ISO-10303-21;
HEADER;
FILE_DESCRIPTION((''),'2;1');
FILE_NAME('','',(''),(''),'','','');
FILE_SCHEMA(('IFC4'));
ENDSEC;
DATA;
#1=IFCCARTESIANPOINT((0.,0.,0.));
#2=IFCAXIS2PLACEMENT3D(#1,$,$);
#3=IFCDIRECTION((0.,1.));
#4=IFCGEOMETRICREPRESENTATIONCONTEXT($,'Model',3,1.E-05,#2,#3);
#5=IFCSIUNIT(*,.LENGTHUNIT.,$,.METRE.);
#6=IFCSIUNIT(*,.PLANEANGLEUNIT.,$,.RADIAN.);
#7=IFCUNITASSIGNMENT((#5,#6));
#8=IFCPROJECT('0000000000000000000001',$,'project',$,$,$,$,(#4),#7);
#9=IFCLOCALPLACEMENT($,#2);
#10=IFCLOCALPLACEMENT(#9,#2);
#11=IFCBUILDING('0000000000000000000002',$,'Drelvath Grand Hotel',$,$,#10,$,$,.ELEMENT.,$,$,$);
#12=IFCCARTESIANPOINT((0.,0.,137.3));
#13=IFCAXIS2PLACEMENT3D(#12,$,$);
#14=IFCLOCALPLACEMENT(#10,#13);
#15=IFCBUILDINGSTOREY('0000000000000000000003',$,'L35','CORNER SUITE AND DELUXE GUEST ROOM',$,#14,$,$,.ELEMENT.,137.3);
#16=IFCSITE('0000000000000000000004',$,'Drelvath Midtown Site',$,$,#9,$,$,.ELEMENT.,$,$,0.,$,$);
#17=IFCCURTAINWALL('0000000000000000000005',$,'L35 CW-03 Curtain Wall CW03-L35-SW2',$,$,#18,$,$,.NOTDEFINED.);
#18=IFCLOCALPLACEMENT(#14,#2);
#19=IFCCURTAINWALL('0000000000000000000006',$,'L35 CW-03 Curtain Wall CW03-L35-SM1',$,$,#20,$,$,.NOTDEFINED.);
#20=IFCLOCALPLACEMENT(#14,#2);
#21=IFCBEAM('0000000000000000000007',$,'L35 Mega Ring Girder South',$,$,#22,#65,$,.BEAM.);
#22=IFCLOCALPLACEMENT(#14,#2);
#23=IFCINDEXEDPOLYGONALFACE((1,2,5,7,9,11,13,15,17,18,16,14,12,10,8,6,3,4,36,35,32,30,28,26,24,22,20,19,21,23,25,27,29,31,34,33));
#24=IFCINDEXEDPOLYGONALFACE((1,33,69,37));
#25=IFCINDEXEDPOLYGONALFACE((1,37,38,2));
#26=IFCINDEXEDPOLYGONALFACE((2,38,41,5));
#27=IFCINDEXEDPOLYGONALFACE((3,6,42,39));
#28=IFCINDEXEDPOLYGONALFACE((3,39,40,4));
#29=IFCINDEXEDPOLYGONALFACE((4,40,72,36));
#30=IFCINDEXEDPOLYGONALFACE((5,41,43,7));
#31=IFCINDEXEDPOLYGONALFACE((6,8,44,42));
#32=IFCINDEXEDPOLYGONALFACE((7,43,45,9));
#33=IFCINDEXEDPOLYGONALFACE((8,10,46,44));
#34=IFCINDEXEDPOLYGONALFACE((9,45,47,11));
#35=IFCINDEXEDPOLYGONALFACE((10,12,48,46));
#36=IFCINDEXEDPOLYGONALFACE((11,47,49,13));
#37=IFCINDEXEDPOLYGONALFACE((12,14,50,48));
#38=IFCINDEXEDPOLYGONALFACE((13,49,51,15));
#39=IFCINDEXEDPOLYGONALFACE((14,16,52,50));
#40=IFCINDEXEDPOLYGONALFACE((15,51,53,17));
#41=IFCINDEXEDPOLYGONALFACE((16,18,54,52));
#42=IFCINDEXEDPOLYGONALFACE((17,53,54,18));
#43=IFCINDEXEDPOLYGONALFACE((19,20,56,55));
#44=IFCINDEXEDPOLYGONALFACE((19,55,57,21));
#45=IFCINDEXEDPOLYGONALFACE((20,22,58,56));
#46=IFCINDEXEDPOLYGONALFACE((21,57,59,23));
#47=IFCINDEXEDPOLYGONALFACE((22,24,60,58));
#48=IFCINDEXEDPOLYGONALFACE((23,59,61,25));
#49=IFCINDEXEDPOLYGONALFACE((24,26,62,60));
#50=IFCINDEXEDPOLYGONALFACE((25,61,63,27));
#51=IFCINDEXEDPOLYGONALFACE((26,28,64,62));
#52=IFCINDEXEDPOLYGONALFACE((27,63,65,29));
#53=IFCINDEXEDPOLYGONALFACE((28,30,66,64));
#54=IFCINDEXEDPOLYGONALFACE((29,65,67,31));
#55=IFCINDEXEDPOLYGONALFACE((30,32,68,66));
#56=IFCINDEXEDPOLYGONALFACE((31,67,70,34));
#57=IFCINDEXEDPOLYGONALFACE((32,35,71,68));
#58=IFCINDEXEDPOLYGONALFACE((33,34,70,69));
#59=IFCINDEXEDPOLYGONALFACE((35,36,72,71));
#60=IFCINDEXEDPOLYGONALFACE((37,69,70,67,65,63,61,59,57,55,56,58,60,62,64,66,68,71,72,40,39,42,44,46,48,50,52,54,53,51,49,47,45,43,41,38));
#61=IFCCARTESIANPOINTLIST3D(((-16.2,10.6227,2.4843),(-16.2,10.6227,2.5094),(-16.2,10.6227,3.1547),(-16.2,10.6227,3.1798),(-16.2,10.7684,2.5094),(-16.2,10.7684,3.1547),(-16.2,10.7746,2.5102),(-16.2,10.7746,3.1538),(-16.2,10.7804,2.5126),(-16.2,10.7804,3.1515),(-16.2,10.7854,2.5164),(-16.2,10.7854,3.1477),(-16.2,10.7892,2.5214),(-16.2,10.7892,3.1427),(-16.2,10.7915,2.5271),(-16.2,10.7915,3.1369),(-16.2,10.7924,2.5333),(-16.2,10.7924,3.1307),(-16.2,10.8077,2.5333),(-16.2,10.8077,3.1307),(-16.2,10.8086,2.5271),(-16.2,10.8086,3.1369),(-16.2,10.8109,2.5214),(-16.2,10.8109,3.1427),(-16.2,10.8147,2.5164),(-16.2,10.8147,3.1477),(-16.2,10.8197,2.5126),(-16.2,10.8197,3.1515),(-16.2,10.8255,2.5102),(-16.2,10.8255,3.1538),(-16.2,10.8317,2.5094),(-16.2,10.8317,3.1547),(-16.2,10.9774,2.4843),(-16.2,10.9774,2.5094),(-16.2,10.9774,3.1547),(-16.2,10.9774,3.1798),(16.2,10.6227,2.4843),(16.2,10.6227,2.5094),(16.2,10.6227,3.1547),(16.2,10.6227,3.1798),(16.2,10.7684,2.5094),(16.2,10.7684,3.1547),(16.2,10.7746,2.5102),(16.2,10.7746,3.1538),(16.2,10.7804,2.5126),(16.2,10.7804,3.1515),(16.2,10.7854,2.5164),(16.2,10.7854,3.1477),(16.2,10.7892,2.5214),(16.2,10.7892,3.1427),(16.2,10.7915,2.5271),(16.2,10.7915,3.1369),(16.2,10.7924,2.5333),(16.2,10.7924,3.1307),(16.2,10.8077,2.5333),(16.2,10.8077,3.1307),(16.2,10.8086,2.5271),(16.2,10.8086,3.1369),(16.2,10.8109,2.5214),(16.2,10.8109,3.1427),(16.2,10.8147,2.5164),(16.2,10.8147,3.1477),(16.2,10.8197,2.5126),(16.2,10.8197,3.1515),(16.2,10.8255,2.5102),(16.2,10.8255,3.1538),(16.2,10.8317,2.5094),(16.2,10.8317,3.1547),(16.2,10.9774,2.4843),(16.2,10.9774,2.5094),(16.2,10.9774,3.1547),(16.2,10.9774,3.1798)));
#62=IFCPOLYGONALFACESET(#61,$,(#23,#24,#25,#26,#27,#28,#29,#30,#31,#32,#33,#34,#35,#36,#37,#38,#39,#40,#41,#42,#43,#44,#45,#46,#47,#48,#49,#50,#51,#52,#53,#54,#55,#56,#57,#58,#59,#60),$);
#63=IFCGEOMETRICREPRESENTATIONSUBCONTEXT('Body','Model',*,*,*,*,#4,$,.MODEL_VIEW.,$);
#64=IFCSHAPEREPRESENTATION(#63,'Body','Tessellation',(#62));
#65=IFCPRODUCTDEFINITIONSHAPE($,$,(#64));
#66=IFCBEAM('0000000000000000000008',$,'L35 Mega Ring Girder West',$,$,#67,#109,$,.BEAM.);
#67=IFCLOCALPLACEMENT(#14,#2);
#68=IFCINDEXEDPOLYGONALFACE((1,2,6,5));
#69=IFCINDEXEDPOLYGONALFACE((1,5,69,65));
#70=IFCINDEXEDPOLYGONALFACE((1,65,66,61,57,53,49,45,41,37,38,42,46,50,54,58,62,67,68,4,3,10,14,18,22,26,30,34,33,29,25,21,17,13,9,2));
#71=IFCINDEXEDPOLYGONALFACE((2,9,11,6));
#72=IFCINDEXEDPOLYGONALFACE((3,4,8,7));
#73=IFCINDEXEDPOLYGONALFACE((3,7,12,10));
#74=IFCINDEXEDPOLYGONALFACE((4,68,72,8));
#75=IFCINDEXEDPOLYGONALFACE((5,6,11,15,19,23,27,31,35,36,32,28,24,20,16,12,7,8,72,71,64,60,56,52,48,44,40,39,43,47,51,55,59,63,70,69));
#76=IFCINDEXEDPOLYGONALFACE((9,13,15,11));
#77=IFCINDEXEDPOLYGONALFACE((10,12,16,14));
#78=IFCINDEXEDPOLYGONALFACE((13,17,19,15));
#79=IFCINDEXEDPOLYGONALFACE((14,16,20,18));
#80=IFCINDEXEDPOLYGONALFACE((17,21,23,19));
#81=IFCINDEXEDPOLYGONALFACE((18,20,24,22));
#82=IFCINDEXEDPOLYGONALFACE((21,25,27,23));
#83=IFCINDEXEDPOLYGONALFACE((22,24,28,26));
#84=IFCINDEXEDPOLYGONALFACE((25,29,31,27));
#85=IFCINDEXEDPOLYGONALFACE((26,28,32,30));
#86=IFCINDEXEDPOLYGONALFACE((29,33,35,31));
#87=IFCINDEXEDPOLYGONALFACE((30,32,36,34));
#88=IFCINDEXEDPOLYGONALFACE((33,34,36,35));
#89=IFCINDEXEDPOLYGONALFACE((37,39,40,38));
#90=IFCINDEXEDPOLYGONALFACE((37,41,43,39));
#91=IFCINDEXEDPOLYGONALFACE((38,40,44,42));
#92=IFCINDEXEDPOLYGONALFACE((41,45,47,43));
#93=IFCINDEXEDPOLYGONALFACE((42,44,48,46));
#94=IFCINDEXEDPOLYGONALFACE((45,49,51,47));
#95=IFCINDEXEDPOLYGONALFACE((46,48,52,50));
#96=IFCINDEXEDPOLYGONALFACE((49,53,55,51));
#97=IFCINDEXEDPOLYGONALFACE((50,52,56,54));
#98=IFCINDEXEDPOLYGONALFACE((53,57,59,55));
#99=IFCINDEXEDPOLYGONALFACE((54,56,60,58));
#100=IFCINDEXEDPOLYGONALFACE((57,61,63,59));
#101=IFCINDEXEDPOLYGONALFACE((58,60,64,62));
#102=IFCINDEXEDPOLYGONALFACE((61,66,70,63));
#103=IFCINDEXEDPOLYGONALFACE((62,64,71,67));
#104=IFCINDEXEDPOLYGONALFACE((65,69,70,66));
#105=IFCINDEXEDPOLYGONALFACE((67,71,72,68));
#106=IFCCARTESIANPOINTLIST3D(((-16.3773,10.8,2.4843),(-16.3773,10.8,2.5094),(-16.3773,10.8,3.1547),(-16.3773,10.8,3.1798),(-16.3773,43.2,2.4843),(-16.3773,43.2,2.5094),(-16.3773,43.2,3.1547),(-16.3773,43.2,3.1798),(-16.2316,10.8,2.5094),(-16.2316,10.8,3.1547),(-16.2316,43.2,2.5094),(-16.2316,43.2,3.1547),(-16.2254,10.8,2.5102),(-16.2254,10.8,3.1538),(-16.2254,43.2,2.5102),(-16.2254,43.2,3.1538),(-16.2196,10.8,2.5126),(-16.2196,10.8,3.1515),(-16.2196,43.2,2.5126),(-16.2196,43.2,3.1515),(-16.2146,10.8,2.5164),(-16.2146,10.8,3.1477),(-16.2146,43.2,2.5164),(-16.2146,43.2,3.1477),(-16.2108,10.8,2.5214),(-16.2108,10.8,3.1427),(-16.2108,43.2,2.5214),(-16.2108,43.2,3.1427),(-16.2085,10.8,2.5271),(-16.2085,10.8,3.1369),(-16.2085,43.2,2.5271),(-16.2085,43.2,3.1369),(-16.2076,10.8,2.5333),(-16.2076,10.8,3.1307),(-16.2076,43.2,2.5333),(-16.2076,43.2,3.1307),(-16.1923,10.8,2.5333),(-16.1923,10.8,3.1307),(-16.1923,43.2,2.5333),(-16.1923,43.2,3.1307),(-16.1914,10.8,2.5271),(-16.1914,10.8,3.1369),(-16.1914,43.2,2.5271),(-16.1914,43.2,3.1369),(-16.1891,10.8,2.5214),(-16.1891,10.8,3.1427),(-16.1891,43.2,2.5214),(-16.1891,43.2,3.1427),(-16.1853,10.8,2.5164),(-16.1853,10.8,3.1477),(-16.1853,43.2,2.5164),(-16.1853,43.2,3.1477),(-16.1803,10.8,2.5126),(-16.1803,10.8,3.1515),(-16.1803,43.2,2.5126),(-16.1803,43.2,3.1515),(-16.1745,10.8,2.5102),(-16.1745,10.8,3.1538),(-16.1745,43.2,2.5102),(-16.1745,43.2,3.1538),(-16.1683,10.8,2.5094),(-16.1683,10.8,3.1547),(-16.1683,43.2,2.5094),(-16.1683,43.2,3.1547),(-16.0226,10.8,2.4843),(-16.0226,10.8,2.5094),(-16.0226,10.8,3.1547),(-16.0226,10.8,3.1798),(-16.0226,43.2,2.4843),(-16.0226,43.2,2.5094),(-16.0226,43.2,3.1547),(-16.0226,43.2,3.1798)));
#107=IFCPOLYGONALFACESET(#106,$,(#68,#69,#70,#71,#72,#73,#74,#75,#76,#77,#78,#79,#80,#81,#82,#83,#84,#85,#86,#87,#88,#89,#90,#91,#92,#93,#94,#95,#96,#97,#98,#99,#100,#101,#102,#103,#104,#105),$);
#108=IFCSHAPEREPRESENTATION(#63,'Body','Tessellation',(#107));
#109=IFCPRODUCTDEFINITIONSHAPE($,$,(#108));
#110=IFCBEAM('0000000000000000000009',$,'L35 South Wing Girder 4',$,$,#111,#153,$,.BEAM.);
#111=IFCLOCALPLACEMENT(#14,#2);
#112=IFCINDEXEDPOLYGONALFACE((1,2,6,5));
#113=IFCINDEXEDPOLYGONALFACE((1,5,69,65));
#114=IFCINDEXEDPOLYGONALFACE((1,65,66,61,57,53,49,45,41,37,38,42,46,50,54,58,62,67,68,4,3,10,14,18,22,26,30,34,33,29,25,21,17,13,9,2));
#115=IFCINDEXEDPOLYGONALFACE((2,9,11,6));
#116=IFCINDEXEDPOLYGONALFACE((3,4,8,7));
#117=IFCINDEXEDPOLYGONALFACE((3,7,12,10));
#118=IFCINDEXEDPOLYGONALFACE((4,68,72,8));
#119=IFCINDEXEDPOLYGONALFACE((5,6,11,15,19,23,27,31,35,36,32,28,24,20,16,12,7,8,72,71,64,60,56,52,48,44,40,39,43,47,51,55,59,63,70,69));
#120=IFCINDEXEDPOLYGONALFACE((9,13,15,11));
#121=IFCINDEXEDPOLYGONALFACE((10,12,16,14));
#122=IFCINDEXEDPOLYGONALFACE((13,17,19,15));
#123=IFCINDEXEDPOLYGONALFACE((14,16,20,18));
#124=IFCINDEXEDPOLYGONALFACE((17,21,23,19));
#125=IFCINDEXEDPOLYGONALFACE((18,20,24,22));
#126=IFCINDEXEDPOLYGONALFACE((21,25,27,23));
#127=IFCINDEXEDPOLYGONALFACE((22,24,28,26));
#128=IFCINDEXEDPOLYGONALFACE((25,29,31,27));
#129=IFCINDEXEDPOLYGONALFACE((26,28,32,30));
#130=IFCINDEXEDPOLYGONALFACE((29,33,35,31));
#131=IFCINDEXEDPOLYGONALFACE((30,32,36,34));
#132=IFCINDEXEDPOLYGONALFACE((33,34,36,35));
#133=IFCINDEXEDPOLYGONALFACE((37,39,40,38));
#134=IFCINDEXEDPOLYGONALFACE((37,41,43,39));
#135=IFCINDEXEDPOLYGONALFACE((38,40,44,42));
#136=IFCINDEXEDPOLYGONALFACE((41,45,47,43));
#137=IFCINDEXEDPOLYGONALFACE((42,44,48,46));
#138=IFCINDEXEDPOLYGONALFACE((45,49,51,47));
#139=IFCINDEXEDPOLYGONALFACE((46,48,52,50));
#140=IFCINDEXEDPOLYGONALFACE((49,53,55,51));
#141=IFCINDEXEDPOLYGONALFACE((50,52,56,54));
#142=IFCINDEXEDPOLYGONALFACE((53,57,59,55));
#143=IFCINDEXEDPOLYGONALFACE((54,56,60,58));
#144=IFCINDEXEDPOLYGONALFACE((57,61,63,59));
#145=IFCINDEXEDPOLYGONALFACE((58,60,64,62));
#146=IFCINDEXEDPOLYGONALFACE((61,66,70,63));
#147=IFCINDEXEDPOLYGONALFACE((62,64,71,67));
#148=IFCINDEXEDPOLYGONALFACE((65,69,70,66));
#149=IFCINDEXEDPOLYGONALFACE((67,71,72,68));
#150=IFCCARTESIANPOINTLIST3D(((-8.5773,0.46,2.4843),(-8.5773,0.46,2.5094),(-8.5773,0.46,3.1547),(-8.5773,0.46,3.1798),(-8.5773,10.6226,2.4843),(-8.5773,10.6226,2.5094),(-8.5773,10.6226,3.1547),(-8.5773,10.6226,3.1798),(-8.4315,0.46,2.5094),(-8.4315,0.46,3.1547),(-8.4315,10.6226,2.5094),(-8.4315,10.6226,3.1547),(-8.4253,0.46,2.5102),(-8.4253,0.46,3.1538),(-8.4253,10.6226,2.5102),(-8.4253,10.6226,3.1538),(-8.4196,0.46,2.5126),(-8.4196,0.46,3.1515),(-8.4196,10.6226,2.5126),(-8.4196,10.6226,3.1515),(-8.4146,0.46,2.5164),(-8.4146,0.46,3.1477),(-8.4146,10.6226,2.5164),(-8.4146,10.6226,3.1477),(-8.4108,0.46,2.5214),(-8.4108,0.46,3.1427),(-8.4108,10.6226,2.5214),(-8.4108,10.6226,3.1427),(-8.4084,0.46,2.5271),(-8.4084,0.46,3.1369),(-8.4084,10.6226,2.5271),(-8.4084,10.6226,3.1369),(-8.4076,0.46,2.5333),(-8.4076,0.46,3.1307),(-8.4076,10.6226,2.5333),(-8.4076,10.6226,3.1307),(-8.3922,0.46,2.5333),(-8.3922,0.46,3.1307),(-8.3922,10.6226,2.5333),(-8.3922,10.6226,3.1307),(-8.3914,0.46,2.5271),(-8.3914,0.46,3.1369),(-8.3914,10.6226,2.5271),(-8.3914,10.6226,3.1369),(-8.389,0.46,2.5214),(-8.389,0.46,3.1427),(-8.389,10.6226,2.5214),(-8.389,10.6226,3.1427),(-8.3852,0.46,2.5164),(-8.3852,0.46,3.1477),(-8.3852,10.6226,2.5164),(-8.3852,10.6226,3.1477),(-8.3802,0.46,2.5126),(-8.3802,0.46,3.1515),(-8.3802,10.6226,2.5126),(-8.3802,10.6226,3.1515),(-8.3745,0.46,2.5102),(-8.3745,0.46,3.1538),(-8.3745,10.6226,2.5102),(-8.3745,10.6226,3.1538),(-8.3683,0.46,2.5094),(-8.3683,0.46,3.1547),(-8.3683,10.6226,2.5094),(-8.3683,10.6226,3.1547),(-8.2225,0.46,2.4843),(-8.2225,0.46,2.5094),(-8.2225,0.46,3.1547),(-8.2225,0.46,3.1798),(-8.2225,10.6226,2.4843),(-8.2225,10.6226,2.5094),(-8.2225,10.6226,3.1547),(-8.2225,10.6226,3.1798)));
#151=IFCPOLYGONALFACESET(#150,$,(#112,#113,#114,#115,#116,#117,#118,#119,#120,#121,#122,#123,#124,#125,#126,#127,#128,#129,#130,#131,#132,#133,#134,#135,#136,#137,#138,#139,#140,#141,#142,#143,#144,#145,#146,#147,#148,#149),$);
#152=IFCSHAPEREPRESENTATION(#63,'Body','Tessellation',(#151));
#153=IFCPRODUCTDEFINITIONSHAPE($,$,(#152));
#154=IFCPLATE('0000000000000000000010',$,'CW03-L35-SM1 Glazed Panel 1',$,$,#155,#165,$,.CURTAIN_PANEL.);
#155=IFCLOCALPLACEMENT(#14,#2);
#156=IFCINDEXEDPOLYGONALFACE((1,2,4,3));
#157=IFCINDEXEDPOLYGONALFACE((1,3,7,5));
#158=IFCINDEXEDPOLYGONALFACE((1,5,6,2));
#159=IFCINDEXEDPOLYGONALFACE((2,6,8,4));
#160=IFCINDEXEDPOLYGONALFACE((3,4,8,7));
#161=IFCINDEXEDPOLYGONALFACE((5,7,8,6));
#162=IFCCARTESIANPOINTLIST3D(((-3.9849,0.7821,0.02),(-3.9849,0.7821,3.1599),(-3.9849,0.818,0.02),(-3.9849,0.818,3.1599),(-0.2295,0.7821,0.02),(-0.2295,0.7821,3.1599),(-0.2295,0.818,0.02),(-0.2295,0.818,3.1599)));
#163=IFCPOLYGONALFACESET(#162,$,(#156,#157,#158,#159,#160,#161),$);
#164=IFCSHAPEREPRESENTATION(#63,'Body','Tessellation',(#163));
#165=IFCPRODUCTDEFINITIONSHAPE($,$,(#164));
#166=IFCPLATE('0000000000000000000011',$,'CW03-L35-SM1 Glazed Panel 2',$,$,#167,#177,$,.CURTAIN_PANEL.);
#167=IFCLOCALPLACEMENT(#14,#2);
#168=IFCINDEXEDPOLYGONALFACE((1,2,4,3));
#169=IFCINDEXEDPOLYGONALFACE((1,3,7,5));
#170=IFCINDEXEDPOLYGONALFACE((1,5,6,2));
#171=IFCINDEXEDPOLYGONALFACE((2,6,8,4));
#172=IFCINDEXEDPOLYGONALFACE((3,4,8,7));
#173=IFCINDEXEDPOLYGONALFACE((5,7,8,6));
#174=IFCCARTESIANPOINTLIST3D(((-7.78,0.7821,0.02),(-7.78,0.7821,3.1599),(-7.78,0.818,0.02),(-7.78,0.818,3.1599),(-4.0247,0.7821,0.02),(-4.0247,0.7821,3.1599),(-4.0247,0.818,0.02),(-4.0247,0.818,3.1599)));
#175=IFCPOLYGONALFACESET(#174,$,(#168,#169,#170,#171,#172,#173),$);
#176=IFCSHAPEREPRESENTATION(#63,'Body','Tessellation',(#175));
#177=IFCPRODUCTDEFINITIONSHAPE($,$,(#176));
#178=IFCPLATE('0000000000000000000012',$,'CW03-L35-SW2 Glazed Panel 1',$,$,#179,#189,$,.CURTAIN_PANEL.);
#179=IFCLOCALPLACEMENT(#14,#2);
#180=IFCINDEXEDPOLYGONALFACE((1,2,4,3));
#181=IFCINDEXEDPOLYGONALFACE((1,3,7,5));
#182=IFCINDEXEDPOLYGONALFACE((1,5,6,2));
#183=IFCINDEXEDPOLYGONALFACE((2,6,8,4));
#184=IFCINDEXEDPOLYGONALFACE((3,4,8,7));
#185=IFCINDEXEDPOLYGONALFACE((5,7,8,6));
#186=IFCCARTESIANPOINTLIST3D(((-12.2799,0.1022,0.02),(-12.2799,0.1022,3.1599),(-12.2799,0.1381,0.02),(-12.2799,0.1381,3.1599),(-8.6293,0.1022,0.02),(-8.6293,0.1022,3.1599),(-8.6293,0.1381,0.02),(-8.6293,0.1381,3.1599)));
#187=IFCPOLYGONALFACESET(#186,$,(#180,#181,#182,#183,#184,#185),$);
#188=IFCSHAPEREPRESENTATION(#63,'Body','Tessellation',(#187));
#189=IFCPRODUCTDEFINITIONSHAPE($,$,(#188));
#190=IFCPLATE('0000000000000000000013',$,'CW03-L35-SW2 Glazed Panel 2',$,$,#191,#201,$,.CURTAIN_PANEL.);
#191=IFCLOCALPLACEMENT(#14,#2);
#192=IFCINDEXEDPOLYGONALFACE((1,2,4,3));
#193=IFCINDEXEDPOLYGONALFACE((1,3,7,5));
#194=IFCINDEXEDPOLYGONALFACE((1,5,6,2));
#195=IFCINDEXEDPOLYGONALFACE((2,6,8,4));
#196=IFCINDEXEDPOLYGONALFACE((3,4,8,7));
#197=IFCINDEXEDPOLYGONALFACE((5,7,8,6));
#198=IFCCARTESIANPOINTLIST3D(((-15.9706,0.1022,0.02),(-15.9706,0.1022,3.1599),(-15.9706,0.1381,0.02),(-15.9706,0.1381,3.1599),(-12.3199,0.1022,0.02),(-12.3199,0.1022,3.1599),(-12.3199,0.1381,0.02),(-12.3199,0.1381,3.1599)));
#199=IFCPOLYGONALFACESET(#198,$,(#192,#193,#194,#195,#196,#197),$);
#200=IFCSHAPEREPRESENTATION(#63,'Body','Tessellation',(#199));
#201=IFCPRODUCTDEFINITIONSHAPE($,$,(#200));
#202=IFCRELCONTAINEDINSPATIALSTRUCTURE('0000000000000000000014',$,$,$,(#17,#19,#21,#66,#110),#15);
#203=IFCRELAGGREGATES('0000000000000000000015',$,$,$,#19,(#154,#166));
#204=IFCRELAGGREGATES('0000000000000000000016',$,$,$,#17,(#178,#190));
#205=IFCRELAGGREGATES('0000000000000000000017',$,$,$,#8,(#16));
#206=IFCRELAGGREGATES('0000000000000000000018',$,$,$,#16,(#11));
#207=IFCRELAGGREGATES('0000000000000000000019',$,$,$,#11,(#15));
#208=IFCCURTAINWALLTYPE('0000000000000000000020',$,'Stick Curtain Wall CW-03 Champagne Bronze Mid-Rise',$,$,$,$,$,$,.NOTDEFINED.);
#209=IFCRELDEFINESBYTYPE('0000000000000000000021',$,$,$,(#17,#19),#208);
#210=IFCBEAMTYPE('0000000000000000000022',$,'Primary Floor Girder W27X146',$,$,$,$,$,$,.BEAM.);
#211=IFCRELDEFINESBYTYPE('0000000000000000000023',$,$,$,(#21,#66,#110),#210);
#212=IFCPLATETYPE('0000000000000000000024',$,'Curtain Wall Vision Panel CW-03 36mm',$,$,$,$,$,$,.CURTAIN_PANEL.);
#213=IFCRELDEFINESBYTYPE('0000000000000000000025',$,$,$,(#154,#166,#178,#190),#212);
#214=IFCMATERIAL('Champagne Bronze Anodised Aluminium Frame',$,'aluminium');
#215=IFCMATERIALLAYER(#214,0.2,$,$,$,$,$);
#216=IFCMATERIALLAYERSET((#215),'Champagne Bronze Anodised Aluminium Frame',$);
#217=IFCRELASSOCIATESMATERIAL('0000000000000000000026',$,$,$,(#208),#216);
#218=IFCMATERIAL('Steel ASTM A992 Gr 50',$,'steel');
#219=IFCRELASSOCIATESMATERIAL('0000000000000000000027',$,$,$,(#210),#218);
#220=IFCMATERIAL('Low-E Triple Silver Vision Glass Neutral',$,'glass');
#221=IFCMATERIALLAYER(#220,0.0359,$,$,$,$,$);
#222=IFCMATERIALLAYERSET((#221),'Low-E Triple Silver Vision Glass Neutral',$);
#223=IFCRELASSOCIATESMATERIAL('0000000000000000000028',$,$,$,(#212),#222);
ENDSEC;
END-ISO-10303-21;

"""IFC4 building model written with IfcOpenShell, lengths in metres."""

from ifc_helpers import new_model, si_unit, direction, frame, origin, origin_2d, place, context, subcontext, project, spatial, rectangle, i_section, extrude, material, layer, layer_set, material_profile, profile_set, type_object, element, aggregate, save


model = new_model("IFC4")

# Units and contexts
model_context = context("Model", 3, precision=1e-05, world=origin(), true_north=direction((0.0, 1.0)))
body_context = subcontext(model_context, "Body", "Model", "MODEL_VIEW")
ifc_project = project(units=[si_unit("LENGTHUNIT", "METRE"), si_unit("PLANEANGLEUNIT", "RADIAN")], contexts=[model_context])

# Site, building, storey
site_placement = place(None, origin())
site = spatial("IfcSite", under=ifc_project, at=site_placement, Name="Drelvath Midtown Site", CompositionType="ELEMENT", RefElevation=0.0)
building_placement = place(site_placement, origin())
building = spatial("IfcBuilding", under=site, at=building_placement, Name="Drelvath Grand Hotel", CompositionType="ELEMENT")
storey_placement = place(building_placement, frame((0.0, 0.0, 137.3)))
storey = spatial("IfcBuildingStorey", under=building, at=storey_placement, Name="L35", Description="CORNER SUITE AND DELUXE GUEST ROOM", CompositionType="ELEMENT", Elevation=137.3)

# Shared definitions
ifc_material_1 = material(Name="Steel ASTM A992 Gr 50", Category="steel")

# Curtain wall
ifc_material_2 = material(Name="Champagne Bronze Anodised Aluminium Frame", Category="aluminium")
ifc_layer_1 = layer(ifc_material_2, 0.2)
ifc_layer_set_1 = layer_set([ifc_layer_1], Name="Champagne Bronze Anodised Aluminium Frame")
curtain_wall_type = type_object("IfcCurtainWallType", Name="Stick Curtain Wall CW-03 Champagne Bronze Mid-Rise", PredefinedType="NOTDEFINED", material=ifc_layer_set_1)
curtain_wall_1_placement = place(storey_placement, origin())
curtain_wall_1 = element("IfcCurtainWall", 1, at=curtain_wall_1_placement, inside=storey, type_object=curtain_wall_type, Name="L35 CW-03 Curtain Wall CW03-L35-SW2", PredefinedType="NOTDEFINED")

# Curtain wall
curtain_wall_2_placement = place(storey_placement, origin())
curtain_wall_2 = element("IfcCurtainWall", 2, at=curtain_wall_2_placement, inside=storey, type_object=curtain_wall_type, Name="L35 CW-03 Curtain Wall CW03-L35-SM1", PredefinedType="NOTDEFINED")

# Beams
ifc_material_profile_1 = material_profile(ifc_material_1, i_section(OverallWidth=0.3547, OverallDepth=0.6956, WebThickness=0.0154, FlangeThickness=0.0251, FilletRadius=0.0239, at=origin_2d()), Name="W27X146")
ifc_profile_set_1 = profile_set([ifc_material_profile_1], Name="Steel ASTM A992 Gr 50")
beam_type_1 = type_object("IfcBeamType", Name="Primary Floor Girder W27X146", PredefinedType="BEAM", material=ifc_profile_set_1)
for number, where, z_axis, x_axis, name in (
    (3, (-16.2, 10.8, 2.832), (1.0, 0.0, 0.0), (0.0, 1.0, 0.0), "L35 Mega Ring Girder South"),
    (4, (-16.2, 10.8, 2.832), (0.0, 1.0, 0.0), (-1.0, 0.0, 0.0), "L35 Mega Ring Girder West"),
):
    element("IfcBeam", number, at=place(storey_placement, frame(where, z_axis=z_axis, x_axis=x_axis)), inside=storey, type_object=beam_type_1, Name=name, PredefinedType="BEAM", context=body_context, shape_type="SweptSolid", body=[
        extrude(i_section(OverallWidth=0.3547, OverallDepth=0.6956, WebThickness=0.0154, FlangeThickness=0.0251, FilletRadius=0.0239, at=origin_2d()), origin(), (0.0, 0.0, 1.0), 32.3999),
    ])
beam_1_placement = place(storey_placement, frame((-8.3999, 0.46, 2.832), z_axis=(0.0, 1.0, 0.0), x_axis=(-1.0, 0.0, 0.0)))
element("IfcBeam", 5, at=beam_1_placement, inside=storey, type_object=beam_type_1, Name="L35 South Wing Girder 4", PredefinedType="BEAM", context=body_context, shape_type="SweptSolid", body=[
    extrude(i_section(OverallWidth=0.3547, OverallDepth=0.6956, WebThickness=0.0154, FlangeThickness=0.0251, FilletRadius=0.0239, at=origin_2d()), origin(), (0.0, 0.0, 1.0), 10.1626),
])

# Plates
ifc_material_3 = material(Name="Low-E Triple Silver Vision Glass Neutral", Category="glass")
ifc_layer_2 = layer(ifc_material_3, 0.0359)
ifc_layer_set_2 = layer_set([ifc_layer_2], Name="Low-E Triple Silver Vision Glass Neutral")
plate_type = type_object("IfcPlateType", Name="Curtain Wall Vision Panel CW-03 36mm", PredefinedType="CURTAIN_PANEL", material=ifc_layer_set_2)
plate_1_placement = place(storey_placement, frame((-2.1072, 0.8, 0.02), z_axis=(0.0, 0.0, 1.0), x_axis=(-1.0, 0.0, 0.0)))
plate_1 = element("IfcPlate", 6, at=plate_1_placement, type_object=plate_type, Name="CW03-L35-SM1 Glazed Panel 1", PredefinedType="CURTAIN_PANEL", context=body_context, shape_type="SweptSolid", body=[
    extrude(rectangle(XDim=3.7554, YDim=0.0359, at=origin_2d()), origin(), (0.0, 0.0, 1.0), 3.1399),
])
plate_2_placement = place(storey_placement, frame((-5.9023, 0.8, 0.02), z_axis=(0.0, 0.0, 1.0), x_axis=(-1.0, 0.0, 0.0)))
plate_2 = element("IfcPlate", 7, at=plate_2_placement, type_object=plate_type, Name="CW03-L35-SM1 Glazed Panel 2", PredefinedType="CURTAIN_PANEL", context=body_context, shape_type="SweptSolid", body=[
    extrude(rectangle(XDim=3.7554, YDim=0.0359, at=origin_2d()), origin(), (0.0, 0.0, 1.0), 3.1399),
])
aggregate(curtain_wall_2, [plate_1, plate_2])
plate_3_placement = place(storey_placement, frame((-10.4546, 0.1201, 0.02), z_axis=(0.0, 0.0, 1.0), x_axis=(-1.0, 0.0, 0.0)))
plate_3 = element("IfcPlate", 8, at=plate_3_placement, type_object=plate_type, Name="CW03-L35-SW2 Glazed Panel 1", PredefinedType="CURTAIN_PANEL", context=body_context, shape_type="SweptSolid", body=[
    extrude(rectangle(XDim=3.6506, YDim=0.0359, at=origin_2d()), origin(), (0.0, 0.0, 1.0), 3.1399),
])
plate_4_placement = place(storey_placement, frame((-14.1453, 0.1201, 0.02), z_axis=(0.0, 0.0, 1.0), x_axis=(-1.0, 0.0, 0.0)))
plate_4 = element("IfcPlate", 9, at=plate_4_placement, type_object=plate_type, Name="CW03-L35-SW2 Glazed Panel 2", PredefinedType="CURTAIN_PANEL", context=body_context, shape_type="SweptSolid", body=[
    extrude(rectangle(XDim=3.6506, YDim=0.0359, at=origin_2d()), origin(), (0.0, 0.0, 1.0), 3.1399),
])
aggregate(curtain_wall_1, [plate_3, plate_4])

save(model, "model.ifc")
